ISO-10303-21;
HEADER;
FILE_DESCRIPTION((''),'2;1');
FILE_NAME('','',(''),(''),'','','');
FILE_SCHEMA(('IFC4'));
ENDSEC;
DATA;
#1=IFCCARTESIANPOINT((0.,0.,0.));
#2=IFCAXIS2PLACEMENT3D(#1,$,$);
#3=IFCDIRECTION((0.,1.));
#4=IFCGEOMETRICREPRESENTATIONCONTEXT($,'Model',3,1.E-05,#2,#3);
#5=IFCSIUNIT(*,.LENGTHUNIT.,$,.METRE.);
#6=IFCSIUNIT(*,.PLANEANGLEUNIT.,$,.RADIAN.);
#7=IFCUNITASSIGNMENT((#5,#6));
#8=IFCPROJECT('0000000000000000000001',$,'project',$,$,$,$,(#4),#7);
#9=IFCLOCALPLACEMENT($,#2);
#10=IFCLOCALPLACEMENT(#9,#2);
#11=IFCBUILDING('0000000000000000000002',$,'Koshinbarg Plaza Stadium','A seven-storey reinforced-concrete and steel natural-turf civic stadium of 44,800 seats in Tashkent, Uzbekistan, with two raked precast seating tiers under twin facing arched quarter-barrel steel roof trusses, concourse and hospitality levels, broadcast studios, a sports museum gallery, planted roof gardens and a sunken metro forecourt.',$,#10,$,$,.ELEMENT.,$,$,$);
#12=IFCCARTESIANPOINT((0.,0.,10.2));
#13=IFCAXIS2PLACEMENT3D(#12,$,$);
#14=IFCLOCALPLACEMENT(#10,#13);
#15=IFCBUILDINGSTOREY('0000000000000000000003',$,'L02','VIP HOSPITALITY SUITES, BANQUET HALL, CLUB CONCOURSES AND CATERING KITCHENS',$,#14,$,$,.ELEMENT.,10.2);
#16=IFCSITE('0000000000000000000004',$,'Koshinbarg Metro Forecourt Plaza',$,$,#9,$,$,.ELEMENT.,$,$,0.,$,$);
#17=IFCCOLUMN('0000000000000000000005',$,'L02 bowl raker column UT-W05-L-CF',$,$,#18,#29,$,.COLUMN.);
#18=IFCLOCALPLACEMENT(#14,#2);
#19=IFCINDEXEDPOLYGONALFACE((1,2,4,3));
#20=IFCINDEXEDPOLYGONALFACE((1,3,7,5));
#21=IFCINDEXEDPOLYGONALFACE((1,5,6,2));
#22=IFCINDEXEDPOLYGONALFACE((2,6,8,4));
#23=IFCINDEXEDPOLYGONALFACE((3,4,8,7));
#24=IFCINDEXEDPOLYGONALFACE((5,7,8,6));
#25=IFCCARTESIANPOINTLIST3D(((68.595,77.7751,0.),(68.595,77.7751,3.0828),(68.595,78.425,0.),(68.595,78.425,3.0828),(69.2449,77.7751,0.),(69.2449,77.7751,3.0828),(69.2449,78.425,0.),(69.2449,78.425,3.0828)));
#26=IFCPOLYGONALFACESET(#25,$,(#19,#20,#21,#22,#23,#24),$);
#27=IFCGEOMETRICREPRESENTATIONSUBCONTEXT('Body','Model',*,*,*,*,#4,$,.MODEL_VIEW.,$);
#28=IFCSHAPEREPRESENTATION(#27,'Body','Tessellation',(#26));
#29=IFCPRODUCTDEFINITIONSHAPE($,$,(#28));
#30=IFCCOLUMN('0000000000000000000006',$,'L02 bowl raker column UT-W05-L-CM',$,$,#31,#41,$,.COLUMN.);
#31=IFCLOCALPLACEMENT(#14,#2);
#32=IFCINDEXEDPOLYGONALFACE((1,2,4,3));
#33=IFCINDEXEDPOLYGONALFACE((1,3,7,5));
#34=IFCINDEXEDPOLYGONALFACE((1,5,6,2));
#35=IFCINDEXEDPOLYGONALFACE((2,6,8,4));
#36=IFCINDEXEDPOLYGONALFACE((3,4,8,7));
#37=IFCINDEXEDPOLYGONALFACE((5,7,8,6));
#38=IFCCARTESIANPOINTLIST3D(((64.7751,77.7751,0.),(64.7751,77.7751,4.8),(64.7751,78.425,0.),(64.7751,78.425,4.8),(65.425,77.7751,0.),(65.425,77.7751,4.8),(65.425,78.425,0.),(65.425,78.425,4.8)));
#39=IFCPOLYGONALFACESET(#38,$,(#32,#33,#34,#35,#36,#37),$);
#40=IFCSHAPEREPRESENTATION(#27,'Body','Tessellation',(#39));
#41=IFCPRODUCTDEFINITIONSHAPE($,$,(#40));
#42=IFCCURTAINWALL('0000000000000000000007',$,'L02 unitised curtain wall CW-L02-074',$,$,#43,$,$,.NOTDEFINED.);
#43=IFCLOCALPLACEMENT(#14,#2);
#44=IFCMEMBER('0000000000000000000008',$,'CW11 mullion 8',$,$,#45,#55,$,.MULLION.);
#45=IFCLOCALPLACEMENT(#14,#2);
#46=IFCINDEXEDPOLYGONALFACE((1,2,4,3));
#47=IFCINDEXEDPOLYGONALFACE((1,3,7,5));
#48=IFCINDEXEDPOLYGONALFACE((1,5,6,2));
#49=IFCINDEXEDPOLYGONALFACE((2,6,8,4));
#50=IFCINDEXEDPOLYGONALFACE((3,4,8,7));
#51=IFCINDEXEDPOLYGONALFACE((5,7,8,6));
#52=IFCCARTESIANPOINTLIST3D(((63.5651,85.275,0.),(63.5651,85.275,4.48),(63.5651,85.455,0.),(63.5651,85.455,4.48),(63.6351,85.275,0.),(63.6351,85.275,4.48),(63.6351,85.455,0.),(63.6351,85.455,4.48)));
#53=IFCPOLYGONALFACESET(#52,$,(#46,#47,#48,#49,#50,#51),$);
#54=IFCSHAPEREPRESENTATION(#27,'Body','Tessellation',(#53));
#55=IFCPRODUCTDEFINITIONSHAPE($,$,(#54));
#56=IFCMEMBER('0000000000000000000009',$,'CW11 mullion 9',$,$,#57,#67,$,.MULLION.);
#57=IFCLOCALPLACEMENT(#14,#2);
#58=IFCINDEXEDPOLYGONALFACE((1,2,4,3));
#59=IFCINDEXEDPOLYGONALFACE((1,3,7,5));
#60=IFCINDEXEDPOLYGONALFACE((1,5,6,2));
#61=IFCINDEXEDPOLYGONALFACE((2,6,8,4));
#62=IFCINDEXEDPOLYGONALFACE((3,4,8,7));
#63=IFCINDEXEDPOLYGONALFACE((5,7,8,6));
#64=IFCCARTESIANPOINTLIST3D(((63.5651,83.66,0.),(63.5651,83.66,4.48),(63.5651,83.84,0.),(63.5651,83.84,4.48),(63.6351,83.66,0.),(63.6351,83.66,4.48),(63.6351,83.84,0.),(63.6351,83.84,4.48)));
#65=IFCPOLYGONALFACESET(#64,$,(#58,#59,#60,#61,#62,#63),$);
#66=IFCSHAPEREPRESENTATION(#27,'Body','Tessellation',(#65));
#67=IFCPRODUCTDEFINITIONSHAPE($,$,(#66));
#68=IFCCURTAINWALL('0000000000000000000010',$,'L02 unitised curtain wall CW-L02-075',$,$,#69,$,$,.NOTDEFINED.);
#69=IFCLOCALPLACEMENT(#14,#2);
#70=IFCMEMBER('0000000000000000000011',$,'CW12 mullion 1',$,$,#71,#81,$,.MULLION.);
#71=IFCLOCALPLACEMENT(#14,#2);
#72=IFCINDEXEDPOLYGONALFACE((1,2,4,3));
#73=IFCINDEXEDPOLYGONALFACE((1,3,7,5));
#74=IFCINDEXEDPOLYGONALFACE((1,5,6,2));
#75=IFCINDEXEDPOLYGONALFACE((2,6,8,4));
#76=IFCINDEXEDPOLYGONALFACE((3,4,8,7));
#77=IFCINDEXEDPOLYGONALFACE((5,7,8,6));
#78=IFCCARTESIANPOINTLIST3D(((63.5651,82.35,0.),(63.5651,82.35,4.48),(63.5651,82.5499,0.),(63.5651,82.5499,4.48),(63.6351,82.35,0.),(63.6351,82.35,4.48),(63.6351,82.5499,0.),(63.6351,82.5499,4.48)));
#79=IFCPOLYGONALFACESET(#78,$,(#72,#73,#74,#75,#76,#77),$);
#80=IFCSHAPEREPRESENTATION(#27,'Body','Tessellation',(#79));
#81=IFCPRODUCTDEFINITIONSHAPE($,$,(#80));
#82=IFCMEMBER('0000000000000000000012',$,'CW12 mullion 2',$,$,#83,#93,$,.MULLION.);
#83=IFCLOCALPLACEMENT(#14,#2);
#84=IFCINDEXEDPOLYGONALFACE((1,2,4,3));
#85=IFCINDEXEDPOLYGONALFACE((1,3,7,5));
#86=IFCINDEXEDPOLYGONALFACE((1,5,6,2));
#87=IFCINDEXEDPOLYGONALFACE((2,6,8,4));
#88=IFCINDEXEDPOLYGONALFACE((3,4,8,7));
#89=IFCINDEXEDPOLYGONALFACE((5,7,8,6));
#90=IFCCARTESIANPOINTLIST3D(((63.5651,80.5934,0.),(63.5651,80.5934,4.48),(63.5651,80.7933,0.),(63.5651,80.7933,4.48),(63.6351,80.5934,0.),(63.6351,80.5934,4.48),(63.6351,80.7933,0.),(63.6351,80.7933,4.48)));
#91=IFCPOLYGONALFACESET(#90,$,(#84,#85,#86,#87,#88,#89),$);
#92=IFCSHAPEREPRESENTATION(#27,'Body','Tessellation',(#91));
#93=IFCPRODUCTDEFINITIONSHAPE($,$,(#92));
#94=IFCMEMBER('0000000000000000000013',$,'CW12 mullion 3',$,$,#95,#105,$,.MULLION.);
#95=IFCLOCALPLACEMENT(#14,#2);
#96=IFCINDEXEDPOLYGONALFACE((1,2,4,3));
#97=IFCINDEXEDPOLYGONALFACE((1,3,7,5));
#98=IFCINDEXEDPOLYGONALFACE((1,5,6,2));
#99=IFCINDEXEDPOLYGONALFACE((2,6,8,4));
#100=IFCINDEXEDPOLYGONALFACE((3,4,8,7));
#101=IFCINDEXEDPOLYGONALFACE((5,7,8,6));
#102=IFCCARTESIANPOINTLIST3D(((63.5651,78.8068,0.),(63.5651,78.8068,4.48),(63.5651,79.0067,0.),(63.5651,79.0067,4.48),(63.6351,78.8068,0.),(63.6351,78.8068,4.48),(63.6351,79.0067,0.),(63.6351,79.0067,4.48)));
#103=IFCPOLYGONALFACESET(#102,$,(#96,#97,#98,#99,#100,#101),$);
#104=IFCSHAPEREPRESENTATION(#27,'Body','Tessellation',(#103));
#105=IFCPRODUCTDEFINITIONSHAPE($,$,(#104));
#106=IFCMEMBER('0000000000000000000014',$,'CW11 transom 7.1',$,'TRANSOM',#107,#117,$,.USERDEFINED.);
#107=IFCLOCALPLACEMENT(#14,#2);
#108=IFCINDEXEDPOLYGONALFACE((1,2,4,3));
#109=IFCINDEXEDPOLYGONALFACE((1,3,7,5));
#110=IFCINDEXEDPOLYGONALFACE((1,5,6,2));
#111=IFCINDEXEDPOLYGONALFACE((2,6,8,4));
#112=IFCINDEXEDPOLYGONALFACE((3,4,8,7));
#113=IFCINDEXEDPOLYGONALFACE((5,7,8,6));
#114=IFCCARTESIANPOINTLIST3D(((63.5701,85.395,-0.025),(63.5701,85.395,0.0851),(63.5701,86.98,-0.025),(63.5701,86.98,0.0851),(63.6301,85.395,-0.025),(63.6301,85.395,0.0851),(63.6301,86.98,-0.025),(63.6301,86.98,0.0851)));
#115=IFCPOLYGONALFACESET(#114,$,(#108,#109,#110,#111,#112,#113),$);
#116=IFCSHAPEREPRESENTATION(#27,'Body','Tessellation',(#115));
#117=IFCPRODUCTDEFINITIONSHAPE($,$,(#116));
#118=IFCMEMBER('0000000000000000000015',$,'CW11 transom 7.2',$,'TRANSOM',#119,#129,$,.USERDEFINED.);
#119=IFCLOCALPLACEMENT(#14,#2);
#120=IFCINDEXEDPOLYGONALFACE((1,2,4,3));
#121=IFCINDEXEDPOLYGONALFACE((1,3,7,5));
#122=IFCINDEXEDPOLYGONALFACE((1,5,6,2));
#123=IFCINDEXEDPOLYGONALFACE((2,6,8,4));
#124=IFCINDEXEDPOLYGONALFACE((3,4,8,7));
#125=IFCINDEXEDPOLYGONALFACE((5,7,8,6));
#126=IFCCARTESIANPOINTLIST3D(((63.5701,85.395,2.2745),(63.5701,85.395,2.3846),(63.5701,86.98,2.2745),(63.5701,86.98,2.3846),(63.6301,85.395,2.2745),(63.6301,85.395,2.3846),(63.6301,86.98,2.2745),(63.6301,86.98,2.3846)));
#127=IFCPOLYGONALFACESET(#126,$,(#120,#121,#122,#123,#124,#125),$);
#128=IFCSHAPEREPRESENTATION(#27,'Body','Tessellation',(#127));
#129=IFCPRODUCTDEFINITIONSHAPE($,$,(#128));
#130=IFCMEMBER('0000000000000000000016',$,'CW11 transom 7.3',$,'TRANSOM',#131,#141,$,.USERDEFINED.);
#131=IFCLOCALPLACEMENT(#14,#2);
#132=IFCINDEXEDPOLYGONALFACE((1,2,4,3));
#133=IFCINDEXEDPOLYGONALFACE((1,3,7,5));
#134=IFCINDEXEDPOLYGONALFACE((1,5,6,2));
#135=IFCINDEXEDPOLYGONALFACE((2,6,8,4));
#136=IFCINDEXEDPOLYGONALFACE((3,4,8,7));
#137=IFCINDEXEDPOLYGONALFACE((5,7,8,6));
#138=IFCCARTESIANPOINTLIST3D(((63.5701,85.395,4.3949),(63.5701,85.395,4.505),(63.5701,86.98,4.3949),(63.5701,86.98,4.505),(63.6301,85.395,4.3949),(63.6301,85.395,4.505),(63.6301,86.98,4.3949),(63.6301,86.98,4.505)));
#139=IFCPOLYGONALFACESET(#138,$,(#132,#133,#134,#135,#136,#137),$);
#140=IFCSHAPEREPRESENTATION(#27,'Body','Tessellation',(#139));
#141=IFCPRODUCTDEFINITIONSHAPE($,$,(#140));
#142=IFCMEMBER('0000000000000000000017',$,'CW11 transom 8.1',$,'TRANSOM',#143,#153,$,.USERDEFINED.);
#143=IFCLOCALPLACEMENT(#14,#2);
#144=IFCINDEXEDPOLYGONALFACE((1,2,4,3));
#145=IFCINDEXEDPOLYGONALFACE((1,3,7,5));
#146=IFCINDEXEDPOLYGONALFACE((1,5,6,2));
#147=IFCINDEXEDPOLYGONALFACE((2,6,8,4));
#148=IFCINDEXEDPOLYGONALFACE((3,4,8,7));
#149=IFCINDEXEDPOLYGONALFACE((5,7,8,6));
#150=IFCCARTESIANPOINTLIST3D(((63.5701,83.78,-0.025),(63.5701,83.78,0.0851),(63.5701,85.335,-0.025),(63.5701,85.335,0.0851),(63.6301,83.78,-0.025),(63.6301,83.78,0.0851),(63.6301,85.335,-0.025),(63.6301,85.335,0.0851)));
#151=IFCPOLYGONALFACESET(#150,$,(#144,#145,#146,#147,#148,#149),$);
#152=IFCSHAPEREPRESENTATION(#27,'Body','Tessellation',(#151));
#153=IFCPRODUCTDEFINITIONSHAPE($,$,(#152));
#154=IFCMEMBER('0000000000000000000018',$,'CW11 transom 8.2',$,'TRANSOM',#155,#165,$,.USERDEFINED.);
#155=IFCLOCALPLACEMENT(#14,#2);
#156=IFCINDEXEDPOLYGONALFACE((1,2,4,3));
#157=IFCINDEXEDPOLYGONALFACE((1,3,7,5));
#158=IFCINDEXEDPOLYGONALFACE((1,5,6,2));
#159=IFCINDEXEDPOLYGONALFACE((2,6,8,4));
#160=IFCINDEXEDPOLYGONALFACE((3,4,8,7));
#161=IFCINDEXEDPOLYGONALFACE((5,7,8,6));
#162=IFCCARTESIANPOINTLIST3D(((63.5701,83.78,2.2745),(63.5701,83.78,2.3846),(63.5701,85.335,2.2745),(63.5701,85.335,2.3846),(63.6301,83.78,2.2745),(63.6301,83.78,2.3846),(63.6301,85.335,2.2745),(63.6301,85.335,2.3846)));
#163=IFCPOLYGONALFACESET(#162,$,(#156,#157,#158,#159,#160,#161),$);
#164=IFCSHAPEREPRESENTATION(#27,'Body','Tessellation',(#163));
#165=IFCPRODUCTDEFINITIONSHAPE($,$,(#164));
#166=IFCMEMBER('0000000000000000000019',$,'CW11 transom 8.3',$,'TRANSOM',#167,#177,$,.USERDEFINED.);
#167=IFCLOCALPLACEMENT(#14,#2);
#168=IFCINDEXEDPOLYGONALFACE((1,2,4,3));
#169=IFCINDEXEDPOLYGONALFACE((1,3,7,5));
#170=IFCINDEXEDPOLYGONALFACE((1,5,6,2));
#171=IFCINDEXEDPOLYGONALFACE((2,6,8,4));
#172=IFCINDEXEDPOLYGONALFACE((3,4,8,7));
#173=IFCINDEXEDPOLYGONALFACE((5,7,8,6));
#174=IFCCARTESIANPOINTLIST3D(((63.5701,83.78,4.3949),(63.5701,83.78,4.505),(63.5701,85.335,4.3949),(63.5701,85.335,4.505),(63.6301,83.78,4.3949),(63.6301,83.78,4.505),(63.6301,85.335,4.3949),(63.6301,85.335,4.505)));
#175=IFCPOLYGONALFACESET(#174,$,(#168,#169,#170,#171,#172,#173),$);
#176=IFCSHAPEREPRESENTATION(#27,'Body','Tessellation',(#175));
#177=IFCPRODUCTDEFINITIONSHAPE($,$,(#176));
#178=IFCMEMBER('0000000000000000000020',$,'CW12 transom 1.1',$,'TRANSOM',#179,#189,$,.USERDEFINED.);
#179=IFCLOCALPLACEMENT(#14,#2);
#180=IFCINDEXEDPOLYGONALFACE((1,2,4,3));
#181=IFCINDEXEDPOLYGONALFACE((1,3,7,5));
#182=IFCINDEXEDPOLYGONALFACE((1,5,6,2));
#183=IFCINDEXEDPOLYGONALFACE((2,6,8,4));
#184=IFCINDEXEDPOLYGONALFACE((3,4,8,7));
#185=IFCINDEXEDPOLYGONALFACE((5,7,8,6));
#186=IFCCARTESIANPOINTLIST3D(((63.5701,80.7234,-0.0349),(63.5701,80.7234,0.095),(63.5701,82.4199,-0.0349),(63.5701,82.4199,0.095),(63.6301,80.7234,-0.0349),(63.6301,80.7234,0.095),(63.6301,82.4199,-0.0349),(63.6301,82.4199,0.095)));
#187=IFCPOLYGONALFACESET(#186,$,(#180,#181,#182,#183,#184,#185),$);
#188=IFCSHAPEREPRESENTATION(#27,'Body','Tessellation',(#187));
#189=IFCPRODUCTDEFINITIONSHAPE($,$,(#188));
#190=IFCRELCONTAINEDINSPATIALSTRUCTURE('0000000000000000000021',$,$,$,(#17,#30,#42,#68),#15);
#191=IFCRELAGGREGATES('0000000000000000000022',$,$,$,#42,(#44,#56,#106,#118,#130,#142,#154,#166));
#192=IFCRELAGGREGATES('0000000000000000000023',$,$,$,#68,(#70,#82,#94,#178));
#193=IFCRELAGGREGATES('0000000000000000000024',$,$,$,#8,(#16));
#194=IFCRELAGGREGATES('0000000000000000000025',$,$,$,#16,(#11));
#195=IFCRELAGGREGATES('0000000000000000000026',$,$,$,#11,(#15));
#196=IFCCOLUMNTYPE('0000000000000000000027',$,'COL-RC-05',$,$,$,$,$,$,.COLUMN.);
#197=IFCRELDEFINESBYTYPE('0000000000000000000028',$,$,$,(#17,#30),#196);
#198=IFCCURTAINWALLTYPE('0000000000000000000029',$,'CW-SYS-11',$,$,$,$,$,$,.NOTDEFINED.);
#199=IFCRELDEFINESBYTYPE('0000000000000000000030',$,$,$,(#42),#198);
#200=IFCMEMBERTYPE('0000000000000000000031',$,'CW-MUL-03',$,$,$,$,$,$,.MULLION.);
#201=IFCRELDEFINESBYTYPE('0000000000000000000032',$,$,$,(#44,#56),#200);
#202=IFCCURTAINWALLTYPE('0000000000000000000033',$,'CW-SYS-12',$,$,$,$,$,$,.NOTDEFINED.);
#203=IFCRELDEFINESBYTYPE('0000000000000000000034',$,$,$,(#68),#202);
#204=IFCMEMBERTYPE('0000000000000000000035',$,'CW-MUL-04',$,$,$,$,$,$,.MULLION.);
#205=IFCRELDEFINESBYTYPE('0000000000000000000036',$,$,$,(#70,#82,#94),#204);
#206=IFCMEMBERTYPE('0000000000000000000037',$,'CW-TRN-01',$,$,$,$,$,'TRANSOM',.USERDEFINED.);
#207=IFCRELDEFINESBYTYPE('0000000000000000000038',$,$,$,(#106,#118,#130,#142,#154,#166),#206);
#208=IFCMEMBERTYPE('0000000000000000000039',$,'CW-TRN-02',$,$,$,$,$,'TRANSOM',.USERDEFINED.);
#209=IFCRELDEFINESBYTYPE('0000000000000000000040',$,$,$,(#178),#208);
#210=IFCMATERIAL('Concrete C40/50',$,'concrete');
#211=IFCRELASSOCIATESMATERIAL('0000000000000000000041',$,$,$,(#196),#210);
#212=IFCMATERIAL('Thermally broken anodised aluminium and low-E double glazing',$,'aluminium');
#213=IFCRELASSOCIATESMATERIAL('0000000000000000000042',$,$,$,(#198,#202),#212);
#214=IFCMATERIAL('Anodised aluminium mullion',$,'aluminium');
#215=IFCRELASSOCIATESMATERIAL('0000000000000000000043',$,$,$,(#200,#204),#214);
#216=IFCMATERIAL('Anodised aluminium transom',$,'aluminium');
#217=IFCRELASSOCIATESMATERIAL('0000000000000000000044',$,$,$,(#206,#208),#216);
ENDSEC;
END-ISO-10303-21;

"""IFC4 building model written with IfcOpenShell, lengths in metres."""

from ifc_helpers import new_model, si_unit, direction, frame, origin, origin_2d, place, context, subcontext, project, spatial, rectangle, extrude, material, material_profile, profile_set, type_object, element, aggregate, save


model = new_model("IFC4")

# Units and contexts
model_context = context("Model", 3, precision=1e-05, world=origin(), true_north=direction((0.0, 1.0)))
body_context = subcontext(model_context, "Body", "Model", "MODEL_VIEW")
ifc_project = project(units=[si_unit("LENGTHUNIT", "METRE"), si_unit("PLANEANGLEUNIT", "RADIAN")], contexts=[model_context])

# Site, building, storey
site_placement = place(None, origin())
site = spatial("IfcSite", under=ifc_project, at=site_placement, Name="Koshinbarg Metro Forecourt Plaza", CompositionType="ELEMENT", RefElevation=0.0)
building_placement = place(site_placement, origin())
building = spatial("IfcBuilding", under=site, at=building_placement, Name="Koshinbarg Plaza Stadium", Description="A seven-storey reinforced-concrete and steel natural-turf civic stadium of 44,800 seats in Tashkent, Uzbekistan, with two raked precast seating tiers under twin facing arched quarter-barrel steel roof trusses, concourse and hospitality levels, broadcast studios, a sports museum gallery, planted roof gardens and a sunken metro forecourt.", CompositionType="ELEMENT")
storey_placement = place(building_placement, frame((0.0, 0.0, 10.2)))
storey = spatial("IfcBuildingStorey", under=building, at=storey_placement, Name="L02", Description="VIP HOSPITALITY SUITES, BANQUET HALL, CLUB CONCOURSES AND CATERING KITCHENS", CompositionType="ELEMENT", Elevation=10.2)

# Columns
ifc_material_1 = material(Name="Concrete C40/50", Category="concrete")
ifc_material_profile_1 = material_profile(ifc_material_1, rectangle(XDim=0.6499, YDim=0.6499, at=origin_2d()), Name="RC 650x650")
ifc_profile_set_1 = profile_set([ifc_material_profile_1], Name="Concrete C40/50")
column_type = type_object("IfcColumnType", Name="COL-RC-05", PredefinedType="COLUMN", material=ifc_profile_set_1)
column_1_placement = place(storey_placement, frame((68.9199, 78.1001, 0.0), z_axis=(0.0, 0.0, 1.0), x_axis=(1.0, 0.0, 0.0)))
element("IfcColumn", 1, at=column_1_placement, inside=storey, type_object=column_type, Name="L02 bowl raker column UT-W05-L-CF", PredefinedType="COLUMN", context=body_context, shape_type="SweptSolid", body=[
    extrude(rectangle(XDim=0.6499, YDim=0.6499, at=origin_2d()), origin(), (0.0, 0.0, 1.0), 3.0828),
])
column_2_placement = place(storey_placement, frame((65.1001, 78.1001, 0.0), z_axis=(0.0, 0.0, 1.0), x_axis=(1.0, 0.0, 0.0)))
element("IfcColumn", 2, at=column_2_placement, inside=storey, type_object=column_type, Name="L02 bowl raker column UT-W05-L-CM", PredefinedType="COLUMN", context=body_context, shape_type="SweptSolid", body=[
    extrude(rectangle(XDim=0.6499, YDim=0.6499, at=origin_2d()), origin(), (0.0, 0.0, 1.0), 4.8),
])

# Curtain walls, members
ifc_material_2 = material(Name="Thermally broken anodised aluminium and low-E double glazing", Category="aluminium")
curtain_wall_type_1 = type_object("IfcCurtainWallType", Name="CW-SYS-11", PredefinedType="NOTDEFINED", material=ifc_material_2)
curtain_wall_1_placement = place(storey_placement, origin())
curtain_wall_1 = element("IfcCurtainWall", 3, at=curtain_wall_1_placement, inside=storey, type_object=curtain_wall_type_1, Name="L02 unitised curtain wall CW-L02-074", PredefinedType="NOTDEFINED")
ifc_material_3 = material(Name="Anodised aluminium mullion", Category="aluminium")
ifc_material_profile_2 = material_profile(ifc_material_3, rectangle(XDim=0.0701, YDim=0.1799, at=origin_2d()), Name="ALU 70x180")
ifc_profile_set_2 = profile_set([ifc_material_profile_2], Name="Anodised aluminium mullion")
member_type_1 = type_object("IfcMemberType", Name="CW-MUL-03", PredefinedType="MULLION", material=ifc_profile_set_2)
member_1_placement = place(storey_placement, frame((63.6001, 85.365, 0.0), z_axis=(0.0, 0.0, 1.0), x_axis=(1.0, 0.0, 0.0)))
member_1 = element("IfcMember", 4, at=member_1_placement, type_object=member_type_1, Name="CW11 mullion 8", PredefinedType="MULLION", context=body_context, shape_type="SweptSolid", body=[
    extrude(rectangle(XDim=0.0701, YDim=0.1799, at=origin_2d()), origin(), (0.0, 0.0, 1.0), 4.48),
])
member_2_placement = place(storey_placement, frame((63.6001, 83.75, 0.0), z_axis=(0.0, 0.0, 1.0), x_axis=(1.0, 0.0, 0.0)))
member_2 = element("IfcMember", 5, at=member_2_placement, type_object=member_type_1, Name="CW11 mullion 9", PredefinedType="MULLION", context=body_context, shape_type="SweptSolid", body=[
    extrude(rectangle(XDim=0.0701, YDim=0.1799, at=origin_2d()), origin(), (0.0, 0.0, 1.0), 4.48),
])
curtain_wall_type_2 = type_object("IfcCurtainWallType", Name="CW-SYS-12", PredefinedType="NOTDEFINED", material=ifc_material_2)
curtain_wall_2_placement = place(storey_placement, origin())
curtain_wall_2 = element("IfcCurtainWall", 6, at=curtain_wall_2_placement, inside=storey, type_object=curtain_wall_type_2, Name="L02 unitised curtain wall CW-L02-075", PredefinedType="NOTDEFINED")
ifc_material_profile_3 = material_profile(ifc_material_3, rectangle(XDim=0.0701, YDim=0.2, at=origin_2d()), Name="ALU 70x200")
ifc_profile_set_3 = profile_set([ifc_material_profile_3], Name="Anodised aluminium mullion")
member_type_2 = type_object("IfcMemberType", Name="CW-MUL-04", PredefinedType="MULLION", material=ifc_profile_set_3)
member_3_placement = place(storey_placement, frame((63.6001, 82.45, 0.0), z_axis=(0.0, 0.0, 1.0), x_axis=(1.0, 0.0, 0.0)))
member_3 = element("IfcMember", 7, at=member_3_placement, type_object=member_type_2, Name="CW12 mullion 1", PredefinedType="MULLION", context=body_context, shape_type="SweptSolid", body=[
    extrude(rectangle(XDim=0.0701, YDim=0.2, at=origin_2d()), origin(), (0.0, 0.0, 1.0), 4.48),
])
member_4_placement = place(storey_placement, frame((63.6001, 80.6934, 0.0), z_axis=(0.0, 0.0, 1.0), x_axis=(1.0, 0.0, 0.0)))
member_4 = element("IfcMember", 8, at=member_4_placement, type_object=member_type_2, Name="CW12 mullion 2", PredefinedType="MULLION", context=body_context, shape_type="SweptSolid", body=[
    extrude(rectangle(XDim=0.0701, YDim=0.2, at=origin_2d()), origin(), (0.0, 0.0, 1.0), 4.48),
])
member_5_placement = place(storey_placement, frame((63.6001, 78.9067, 0.0), z_axis=(0.0, 0.0, 1.0), x_axis=(1.0, 0.0, 0.0)))
member_5 = element("IfcMember", 9, at=member_5_placement, type_object=member_type_2, Name="CW12 mullion 3", PredefinedType="MULLION", context=body_context, shape_type="SweptSolid", body=[
    extrude(rectangle(XDim=0.0701, YDim=0.2, at=origin_2d()), origin(), (0.0, 0.0, 1.0), 4.48),
])

# Members
ifc_material_4 = material(Name="Anodised aluminium transom", Category="aluminium")
ifc_material_profile_4 = material_profile(ifc_material_4, rectangle(XDim=0.0601, YDim=0.1101, at=origin_2d()), Name="ALU 60x110")
ifc_profile_set_4 = profile_set([ifc_material_profile_4], Name="Anodised aluminium transom")
member_type_3 = type_object("IfcMemberType", Name="CW-TRN-01", ElementType="TRANSOM", PredefinedType="USERDEFINED", material=ifc_profile_set_4)
member_6_placement = place(storey_placement, frame((63.6001, 86.98, 0.03), z_axis=(0.0, -1.0, 0.0), x_axis=(1.0, 0.0, 0.0)))
member_6 = element("IfcMember", 10, at=member_6_placement, type_object=member_type_3, Name="CW11 transom 7.1", ObjectType="TRANSOM", PredefinedType="USERDEFINED", context=body_context, shape_type="SweptSolid", body=[
    extrude(rectangle(XDim=0.0601, YDim=0.1101, at=origin_2d()), origin(), (0.0, 0.0, 1.0), 1.585),
])
member_7_placement = place(storey_placement, frame((63.6001, 86.98, 2.3296), z_axis=(0.0, -1.0, 0.0), x_axis=(1.0, 0.0, 0.0)))
member_7 = element("IfcMember", 11, at=member_7_placement, type_object=member_type_3, Name="CW11 transom 7.2", ObjectType="TRANSOM", PredefinedType="USERDEFINED", context=body_context, shape_type="SweptSolid", body=[
    extrude(rectangle(XDim=0.0601, YDim=0.1101, at=origin_2d()), origin(), (0.0, 0.0, 1.0), 1.585),
])
member_8_placement = place(storey_placement, frame((63.6001, 86.98, 4.45), z_axis=(0.0, -1.0, 0.0), x_axis=(1.0, 0.0, 0.0)))
member_8 = element("IfcMember", 12, at=member_8_placement, type_object=member_type_3, Name="CW11 transom 7.3", ObjectType="TRANSOM", PredefinedType="USERDEFINED", context=body_context, shape_type="SweptSolid", body=[
    extrude(rectangle(XDim=0.0601, YDim=0.1101, at=origin_2d()), origin(), (0.0, 0.0, 1.0), 1.585),
])
member_9_placement = place(storey_placement, frame((63.6001, 85.335, 0.03), z_axis=(0.0, -1.0, 0.0), x_axis=(1.0, 0.0, 0.0)))
member_9 = element("IfcMember", 13, at=member_9_placement, type_object=member_type_3, Name="CW11 transom 8.1", ObjectType="TRANSOM", PredefinedType="USERDEFINED", context=body_context, shape_type="SweptSolid", body=[
    extrude(rectangle(XDim=0.0601, YDim=0.1101, at=origin_2d()), origin(), (0.0, 0.0, 1.0), 1.5549),
])
member_10_placement = place(storey_placement, frame((63.6001, 85.335, 2.3296), z_axis=(0.0, -1.0, 0.0), x_axis=(1.0, 0.0, 0.0)))
member_10 = element("IfcMember", 14, at=member_10_placement, type_object=member_type_3, Name="CW11 transom 8.2", ObjectType="TRANSOM", PredefinedType="USERDEFINED", context=body_context, shape_type="SweptSolid", body=[
    extrude(rectangle(XDim=0.0601, YDim=0.1101, at=origin_2d()), origin(), (0.0, 0.0, 1.0), 1.5549),
])
member_11_placement = place(storey_placement, frame((63.6001, 85.335, 4.45), z_axis=(0.0, -1.0, 0.0), x_axis=(1.0, 0.0, 0.0)))
member_11 = element("IfcMember", 15, at=member_11_placement, type_object=member_type_3, Name="CW11 transom 8.3", ObjectType="TRANSOM", PredefinedType="USERDEFINED", context=body_context, shape_type="SweptSolid", body=[
    extrude(rectangle(XDim=0.0601, YDim=0.1101, at=origin_2d()), origin(), (0.0, 0.0, 1.0), 1.5549),
])
ifc_material_profile_5 = material_profile(ifc_material_4, rectangle(XDim=0.0601, YDim=0.1299, at=origin_2d()), Name="ALU 60x130")
ifc_profile_set_5 = profile_set([ifc_material_profile_5], Name="Anodised aluminium transom")
member_type_4 = type_object("IfcMemberType", Name="CW-TRN-02", ElementType="TRANSOM", PredefinedType="USERDEFINED", material=ifc_profile_set_5)
member_12_placement = place(storey_placement, frame((63.6001, 82.4199, 0.03), z_axis=(0.0, -1.0, 0.0), x_axis=(1.0, 0.0, 0.0)))
member_12 = element("IfcMember", 16, at=member_12_placement, type_object=member_type_4, Name="CW12 transom 1.1", ObjectType="TRANSOM", PredefinedType="USERDEFINED", context=body_context, shape_type="SweptSolid", body=[
    extrude(rectangle(XDim=0.0601, YDim=0.1299, at=origin_2d()), origin(), (0.0, 0.0, 1.0), 1.6965),
])

aggregate(curtain_wall_1, [member_1, member_2, member_6, member_7, member_8, member_9, member_10, member_11])
aggregate(curtain_wall_2, [member_3, member_4, member_5, member_12])

save(model, "model.ifc")
